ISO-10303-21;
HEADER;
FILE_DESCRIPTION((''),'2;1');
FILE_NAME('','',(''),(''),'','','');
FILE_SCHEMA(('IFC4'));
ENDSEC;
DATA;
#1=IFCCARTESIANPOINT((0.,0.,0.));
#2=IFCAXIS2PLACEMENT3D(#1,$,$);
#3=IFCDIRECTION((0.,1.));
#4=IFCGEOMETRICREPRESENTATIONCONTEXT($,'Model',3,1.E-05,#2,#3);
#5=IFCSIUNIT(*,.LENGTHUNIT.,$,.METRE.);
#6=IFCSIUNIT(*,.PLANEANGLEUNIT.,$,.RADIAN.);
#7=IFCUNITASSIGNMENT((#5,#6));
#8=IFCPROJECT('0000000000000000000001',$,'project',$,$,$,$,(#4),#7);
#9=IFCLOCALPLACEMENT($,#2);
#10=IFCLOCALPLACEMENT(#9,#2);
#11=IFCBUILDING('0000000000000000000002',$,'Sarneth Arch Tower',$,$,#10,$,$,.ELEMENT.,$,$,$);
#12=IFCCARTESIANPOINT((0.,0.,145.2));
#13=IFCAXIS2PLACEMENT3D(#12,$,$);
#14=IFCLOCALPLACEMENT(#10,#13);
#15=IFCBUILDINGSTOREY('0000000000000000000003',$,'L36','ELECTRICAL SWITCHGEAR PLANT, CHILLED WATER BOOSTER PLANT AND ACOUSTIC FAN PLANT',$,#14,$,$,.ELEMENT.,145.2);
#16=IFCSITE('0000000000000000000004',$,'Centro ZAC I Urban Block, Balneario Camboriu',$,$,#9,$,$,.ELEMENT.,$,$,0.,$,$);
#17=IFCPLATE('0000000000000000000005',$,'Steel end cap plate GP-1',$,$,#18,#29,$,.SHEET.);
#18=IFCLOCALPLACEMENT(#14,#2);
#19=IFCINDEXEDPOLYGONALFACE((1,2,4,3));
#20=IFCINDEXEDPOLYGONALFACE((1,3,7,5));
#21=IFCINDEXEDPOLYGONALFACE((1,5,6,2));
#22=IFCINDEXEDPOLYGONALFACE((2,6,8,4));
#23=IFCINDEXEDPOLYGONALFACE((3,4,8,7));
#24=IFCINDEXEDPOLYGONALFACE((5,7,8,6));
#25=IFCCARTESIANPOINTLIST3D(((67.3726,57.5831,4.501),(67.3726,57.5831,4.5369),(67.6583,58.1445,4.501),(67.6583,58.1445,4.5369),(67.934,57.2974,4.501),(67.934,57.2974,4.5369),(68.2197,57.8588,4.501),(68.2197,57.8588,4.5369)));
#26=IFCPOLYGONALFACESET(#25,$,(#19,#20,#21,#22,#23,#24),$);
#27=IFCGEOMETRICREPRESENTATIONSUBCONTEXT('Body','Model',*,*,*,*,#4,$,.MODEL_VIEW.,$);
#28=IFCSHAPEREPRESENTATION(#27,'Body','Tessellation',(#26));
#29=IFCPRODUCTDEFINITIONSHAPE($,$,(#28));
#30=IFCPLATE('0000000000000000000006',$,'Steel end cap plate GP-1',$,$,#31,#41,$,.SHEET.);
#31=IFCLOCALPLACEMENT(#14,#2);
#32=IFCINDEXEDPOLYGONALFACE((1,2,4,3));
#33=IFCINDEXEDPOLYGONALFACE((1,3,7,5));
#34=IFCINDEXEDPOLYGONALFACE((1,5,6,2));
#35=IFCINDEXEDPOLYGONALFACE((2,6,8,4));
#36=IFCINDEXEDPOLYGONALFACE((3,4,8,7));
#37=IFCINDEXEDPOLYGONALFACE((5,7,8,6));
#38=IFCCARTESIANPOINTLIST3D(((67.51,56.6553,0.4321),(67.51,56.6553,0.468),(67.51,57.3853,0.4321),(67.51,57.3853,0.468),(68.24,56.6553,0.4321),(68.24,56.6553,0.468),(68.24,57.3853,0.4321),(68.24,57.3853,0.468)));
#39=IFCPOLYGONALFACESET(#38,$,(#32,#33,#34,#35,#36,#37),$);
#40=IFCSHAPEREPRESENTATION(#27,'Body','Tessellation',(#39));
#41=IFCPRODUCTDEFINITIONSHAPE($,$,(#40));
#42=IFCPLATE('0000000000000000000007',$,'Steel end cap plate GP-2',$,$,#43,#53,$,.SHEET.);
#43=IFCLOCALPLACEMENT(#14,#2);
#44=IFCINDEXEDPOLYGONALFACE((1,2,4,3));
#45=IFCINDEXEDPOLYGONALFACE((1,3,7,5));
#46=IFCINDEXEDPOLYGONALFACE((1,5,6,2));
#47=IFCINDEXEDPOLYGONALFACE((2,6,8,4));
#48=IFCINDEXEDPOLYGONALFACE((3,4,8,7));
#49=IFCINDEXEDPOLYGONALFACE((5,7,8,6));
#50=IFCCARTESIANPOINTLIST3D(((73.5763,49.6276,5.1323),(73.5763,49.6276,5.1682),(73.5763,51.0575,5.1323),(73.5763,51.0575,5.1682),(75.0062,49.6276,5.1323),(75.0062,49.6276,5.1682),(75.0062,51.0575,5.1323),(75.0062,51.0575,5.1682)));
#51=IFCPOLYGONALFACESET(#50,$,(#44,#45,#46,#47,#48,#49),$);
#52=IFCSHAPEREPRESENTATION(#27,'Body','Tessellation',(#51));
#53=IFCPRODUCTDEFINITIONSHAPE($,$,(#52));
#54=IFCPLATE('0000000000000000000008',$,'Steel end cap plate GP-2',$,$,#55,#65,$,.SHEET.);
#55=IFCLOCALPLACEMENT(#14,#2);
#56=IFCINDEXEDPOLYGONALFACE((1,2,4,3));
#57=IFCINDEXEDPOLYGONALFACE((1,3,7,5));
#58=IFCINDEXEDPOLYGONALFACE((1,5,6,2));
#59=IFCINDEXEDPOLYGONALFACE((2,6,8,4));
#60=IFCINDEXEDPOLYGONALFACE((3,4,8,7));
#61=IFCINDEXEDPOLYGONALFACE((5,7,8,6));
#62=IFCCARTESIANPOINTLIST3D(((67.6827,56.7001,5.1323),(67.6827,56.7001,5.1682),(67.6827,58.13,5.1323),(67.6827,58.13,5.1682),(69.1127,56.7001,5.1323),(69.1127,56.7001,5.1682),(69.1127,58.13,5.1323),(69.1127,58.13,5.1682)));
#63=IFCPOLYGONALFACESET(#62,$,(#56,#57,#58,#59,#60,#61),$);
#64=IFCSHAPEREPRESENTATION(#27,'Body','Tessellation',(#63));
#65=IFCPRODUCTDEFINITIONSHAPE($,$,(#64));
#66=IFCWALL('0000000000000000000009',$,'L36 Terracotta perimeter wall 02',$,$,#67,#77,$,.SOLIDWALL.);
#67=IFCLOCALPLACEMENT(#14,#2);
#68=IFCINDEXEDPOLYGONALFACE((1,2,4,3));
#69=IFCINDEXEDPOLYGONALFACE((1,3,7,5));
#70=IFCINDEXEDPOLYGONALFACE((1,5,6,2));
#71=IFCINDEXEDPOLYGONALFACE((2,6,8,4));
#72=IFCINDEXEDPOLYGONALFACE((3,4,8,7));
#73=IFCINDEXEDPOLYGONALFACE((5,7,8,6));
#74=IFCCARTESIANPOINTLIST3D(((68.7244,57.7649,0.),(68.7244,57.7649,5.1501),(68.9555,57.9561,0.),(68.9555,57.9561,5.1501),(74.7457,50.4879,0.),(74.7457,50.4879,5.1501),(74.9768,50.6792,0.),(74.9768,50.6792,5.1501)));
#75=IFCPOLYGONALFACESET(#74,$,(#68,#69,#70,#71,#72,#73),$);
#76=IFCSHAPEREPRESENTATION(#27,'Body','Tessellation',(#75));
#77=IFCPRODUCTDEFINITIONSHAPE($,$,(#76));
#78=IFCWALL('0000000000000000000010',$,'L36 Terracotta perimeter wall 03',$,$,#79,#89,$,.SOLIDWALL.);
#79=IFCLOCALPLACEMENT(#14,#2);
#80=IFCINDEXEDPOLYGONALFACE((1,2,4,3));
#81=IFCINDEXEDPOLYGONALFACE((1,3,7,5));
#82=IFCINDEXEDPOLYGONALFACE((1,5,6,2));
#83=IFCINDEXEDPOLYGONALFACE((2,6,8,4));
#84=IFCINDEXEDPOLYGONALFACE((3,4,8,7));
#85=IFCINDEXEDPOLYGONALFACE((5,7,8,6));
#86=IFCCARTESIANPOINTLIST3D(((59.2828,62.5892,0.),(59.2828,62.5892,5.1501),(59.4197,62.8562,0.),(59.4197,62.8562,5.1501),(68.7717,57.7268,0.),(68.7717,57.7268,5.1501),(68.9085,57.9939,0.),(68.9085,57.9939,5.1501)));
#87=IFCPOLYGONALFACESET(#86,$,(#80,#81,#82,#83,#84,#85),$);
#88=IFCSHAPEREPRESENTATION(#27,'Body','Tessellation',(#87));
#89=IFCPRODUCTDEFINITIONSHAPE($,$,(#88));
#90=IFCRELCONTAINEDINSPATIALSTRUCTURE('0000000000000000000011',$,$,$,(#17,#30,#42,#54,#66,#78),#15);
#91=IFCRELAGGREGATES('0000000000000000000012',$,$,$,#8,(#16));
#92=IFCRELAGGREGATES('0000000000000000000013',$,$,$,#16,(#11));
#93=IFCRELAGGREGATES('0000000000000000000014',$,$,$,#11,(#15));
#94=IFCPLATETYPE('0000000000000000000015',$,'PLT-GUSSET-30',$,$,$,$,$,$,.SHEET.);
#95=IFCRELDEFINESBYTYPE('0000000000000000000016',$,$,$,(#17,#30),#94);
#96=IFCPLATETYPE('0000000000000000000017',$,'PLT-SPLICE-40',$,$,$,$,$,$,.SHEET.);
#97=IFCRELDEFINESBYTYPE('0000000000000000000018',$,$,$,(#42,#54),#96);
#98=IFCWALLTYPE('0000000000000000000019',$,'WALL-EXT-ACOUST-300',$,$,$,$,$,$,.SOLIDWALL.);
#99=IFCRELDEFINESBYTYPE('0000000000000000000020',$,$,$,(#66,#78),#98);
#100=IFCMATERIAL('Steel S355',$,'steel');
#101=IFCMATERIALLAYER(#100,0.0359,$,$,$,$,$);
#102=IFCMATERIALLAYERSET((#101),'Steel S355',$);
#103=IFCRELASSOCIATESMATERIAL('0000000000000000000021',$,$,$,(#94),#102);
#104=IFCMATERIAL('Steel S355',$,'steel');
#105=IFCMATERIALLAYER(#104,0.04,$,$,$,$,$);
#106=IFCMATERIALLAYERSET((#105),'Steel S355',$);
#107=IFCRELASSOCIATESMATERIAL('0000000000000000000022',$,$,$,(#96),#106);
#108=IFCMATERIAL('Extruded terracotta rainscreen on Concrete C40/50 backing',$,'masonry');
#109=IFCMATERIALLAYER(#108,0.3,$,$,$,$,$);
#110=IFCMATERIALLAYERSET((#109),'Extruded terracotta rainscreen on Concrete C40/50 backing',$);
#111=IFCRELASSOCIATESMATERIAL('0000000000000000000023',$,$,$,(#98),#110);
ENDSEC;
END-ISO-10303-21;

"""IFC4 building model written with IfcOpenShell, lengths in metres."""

from ifc_helpers import new_model, si_unit, direction, frame, frame_2d, origin, origin_2d, place, context, subcontext, project, spatial, rectangle, extrude, material, layer, layer_set, type_object, element, save


model = new_model("IFC4")

# Units and contexts
model_context = context("Model", 3, precision=1e-05, world=origin(), true_north=direction((0.0, 1.0)))
body_context = subcontext(model_context, "Body", "Model", "MODEL_VIEW")
ifc_project = project(units=[si_unit("LENGTHUNIT", "METRE"), si_unit("PLANEANGLEUNIT", "RADIAN")], contexts=[model_context])

# Site, building, storey
site_placement = place(None, origin())
site = spatial("IfcSite", under=ifc_project, at=site_placement, Name="Centro ZAC I Urban Block, Balneario Camboriu", CompositionType="ELEMENT", RefElevation=0.0)
building_placement = place(site_placement, origin())
building = spatial("IfcBuilding", under=site, at=building_placement, Name="Sarneth Arch Tower", CompositionType="ELEMENT")
storey_placement = place(building_placement, frame((0.0, 0.0, 145.2)))
storey = spatial("IfcBuildingStorey", under=building, at=storey_placement, Name="L36", Description="ELECTRICAL SWITCHGEAR PLANT, CHILLED WATER BOOSTER PLANT AND ACOUSTIC FAN PLANT", CompositionType="ELEMENT", Elevation=145.2)

# Plates
ifc_material_1 = material(Name="Steel S355", Category="steel")
ifc_layer_1 = layer(ifc_material_1, 0.0359)
ifc_layer_set_1 = layer_set([ifc_layer_1], Name="Steel S355")
plate_type_1 = type_object("IfcPlateType", Name="PLT-GUSSET-30", PredefinedType="SHEET", material=ifc_layer_set_1)
plate_1_placement = place(storey_placement, frame((67.7961, 57.7209, 4.501), z_axis=(0.0, 0.0, 1.0), x_axis=(0.891244, -0.453524, 0.0)))
element("IfcPlate", 1, at=plate_1_placement, inside=storey, type_object=plate_type_1, Name="Steel end cap plate GP-1", PredefinedType="SHEET", context=body_context, shape_type="SweptSolid", body=[
    extrude(rectangle(XDim=0.6299, YDim=0.6299, at=origin_2d()), origin(), (0.0, 0.0, 1.0), 0.0359),
])
plate_2_placement = place(storey_placement, frame((67.875, 57.0203, 0.4321), z_axis=(0.0, 0.0, 1.0), x_axis=(1.0, 0.0, 0.0)))
element("IfcPlate", 2, at=plate_2_placement, inside=storey, type_object=plate_type_1, Name="Steel end cap plate GP-1", PredefinedType="SHEET", context=body_context, shape_type="SweptSolid", body=[
    extrude(rectangle(XDim=0.73, YDim=0.73, at=origin_2d()), origin(), (0.0, 0.0, 1.0), 0.0359),
])
ifc_material_2 = material(Name="Steel S355", Category="steel")
ifc_layer_2 = layer(ifc_material_2, 0.04)
ifc_layer_set_2 = layer_set([ifc_layer_2], Name="Steel S355")
plate_type_2 = type_object("IfcPlateType", Name="PLT-SPLICE-40", PredefinedType="SHEET", material=ifc_layer_set_2)
for number, where, z_axis, x_axis, name in (
    (3, (74.2913, 50.3425, 5.1323), (0.0, 0.0, 1.0), (1.0, 0.0, 0.0), "Steel end cap plate GP-2"),
    (4, (68.3977, 57.415, 5.1323), (0.0, 0.0, 1.0), (1.0, 0.0, 0.0), "Steel end cap plate GP-2"),
):
    element("IfcPlate", number, at=place(storey_placement, frame(where, z_axis=z_axis, x_axis=x_axis)), inside=storey, type_object=plate_type_2, Name=name, PredefinedType="SHEET", context=body_context, shape_type="SweptSolid", body=[
        extrude(rectangle(XDim=1.4299, YDim=1.4299, at=origin_2d()), origin(), (0.0, 0.0, 1.0), 0.0359),
    ])

# Walls
ifc_material_3 = material(Name="Extruded terracotta rainscreen on Concrete C40/50 backing", Category="masonry")
ifc_layer_3 = layer(ifc_material_3, 0.3)
ifc_layer_set_3 = layer_set([ifc_layer_3], Name="Extruded terracotta rainscreen on Concrete C40/50 backing")
wall_type = type_object("IfcWallType", Name="WALL-EXT-ACOUST-300", PredefinedType="SOLIDWALL", material=ifc_layer_set_3)
wall_1_placement = place(storey_placement, frame((74.8613, 50.5835, 0.0), z_axis=(0.0, 0.0, 1.0), x_axis=(-0.637506, 0.770446, 0.0)))
element("IfcWall", 5, at=wall_1_placement, inside=storey, type_object=wall_type, Name="L36 Terracotta perimeter wall 02", PredefinedType="SOLIDWALL", context=body_context, shape_type="SweptSolid", body=[
    extrude(rectangle(XDim=9.4451, YDim=0.3, at=frame_2d((4.7227, 0.0))), origin(), (0.0, 0.0, 1.0), 5.1501),
])
wall_2_placement = place(storey_placement, frame((68.8401, 57.8604, 0.0), z_axis=(0.0, 0.0, 1.0), x_axis=(-0.88996, 0.45604, 0.0)))
element("IfcWall", 6, at=wall_2_placement, inside=storey, type_object=wall_type, Name="L36 Terracotta perimeter wall 03", PredefinedType="SOLIDWALL", context=body_context, shape_type="SweptSolid", body=[
    extrude(rectangle(XDim=10.6621, YDim=0.3, at=frame_2d((5.3311, 0.0))), origin(), (0.0, 0.0, 1.0), 5.1501),
])

save(model, "model.ifc")
